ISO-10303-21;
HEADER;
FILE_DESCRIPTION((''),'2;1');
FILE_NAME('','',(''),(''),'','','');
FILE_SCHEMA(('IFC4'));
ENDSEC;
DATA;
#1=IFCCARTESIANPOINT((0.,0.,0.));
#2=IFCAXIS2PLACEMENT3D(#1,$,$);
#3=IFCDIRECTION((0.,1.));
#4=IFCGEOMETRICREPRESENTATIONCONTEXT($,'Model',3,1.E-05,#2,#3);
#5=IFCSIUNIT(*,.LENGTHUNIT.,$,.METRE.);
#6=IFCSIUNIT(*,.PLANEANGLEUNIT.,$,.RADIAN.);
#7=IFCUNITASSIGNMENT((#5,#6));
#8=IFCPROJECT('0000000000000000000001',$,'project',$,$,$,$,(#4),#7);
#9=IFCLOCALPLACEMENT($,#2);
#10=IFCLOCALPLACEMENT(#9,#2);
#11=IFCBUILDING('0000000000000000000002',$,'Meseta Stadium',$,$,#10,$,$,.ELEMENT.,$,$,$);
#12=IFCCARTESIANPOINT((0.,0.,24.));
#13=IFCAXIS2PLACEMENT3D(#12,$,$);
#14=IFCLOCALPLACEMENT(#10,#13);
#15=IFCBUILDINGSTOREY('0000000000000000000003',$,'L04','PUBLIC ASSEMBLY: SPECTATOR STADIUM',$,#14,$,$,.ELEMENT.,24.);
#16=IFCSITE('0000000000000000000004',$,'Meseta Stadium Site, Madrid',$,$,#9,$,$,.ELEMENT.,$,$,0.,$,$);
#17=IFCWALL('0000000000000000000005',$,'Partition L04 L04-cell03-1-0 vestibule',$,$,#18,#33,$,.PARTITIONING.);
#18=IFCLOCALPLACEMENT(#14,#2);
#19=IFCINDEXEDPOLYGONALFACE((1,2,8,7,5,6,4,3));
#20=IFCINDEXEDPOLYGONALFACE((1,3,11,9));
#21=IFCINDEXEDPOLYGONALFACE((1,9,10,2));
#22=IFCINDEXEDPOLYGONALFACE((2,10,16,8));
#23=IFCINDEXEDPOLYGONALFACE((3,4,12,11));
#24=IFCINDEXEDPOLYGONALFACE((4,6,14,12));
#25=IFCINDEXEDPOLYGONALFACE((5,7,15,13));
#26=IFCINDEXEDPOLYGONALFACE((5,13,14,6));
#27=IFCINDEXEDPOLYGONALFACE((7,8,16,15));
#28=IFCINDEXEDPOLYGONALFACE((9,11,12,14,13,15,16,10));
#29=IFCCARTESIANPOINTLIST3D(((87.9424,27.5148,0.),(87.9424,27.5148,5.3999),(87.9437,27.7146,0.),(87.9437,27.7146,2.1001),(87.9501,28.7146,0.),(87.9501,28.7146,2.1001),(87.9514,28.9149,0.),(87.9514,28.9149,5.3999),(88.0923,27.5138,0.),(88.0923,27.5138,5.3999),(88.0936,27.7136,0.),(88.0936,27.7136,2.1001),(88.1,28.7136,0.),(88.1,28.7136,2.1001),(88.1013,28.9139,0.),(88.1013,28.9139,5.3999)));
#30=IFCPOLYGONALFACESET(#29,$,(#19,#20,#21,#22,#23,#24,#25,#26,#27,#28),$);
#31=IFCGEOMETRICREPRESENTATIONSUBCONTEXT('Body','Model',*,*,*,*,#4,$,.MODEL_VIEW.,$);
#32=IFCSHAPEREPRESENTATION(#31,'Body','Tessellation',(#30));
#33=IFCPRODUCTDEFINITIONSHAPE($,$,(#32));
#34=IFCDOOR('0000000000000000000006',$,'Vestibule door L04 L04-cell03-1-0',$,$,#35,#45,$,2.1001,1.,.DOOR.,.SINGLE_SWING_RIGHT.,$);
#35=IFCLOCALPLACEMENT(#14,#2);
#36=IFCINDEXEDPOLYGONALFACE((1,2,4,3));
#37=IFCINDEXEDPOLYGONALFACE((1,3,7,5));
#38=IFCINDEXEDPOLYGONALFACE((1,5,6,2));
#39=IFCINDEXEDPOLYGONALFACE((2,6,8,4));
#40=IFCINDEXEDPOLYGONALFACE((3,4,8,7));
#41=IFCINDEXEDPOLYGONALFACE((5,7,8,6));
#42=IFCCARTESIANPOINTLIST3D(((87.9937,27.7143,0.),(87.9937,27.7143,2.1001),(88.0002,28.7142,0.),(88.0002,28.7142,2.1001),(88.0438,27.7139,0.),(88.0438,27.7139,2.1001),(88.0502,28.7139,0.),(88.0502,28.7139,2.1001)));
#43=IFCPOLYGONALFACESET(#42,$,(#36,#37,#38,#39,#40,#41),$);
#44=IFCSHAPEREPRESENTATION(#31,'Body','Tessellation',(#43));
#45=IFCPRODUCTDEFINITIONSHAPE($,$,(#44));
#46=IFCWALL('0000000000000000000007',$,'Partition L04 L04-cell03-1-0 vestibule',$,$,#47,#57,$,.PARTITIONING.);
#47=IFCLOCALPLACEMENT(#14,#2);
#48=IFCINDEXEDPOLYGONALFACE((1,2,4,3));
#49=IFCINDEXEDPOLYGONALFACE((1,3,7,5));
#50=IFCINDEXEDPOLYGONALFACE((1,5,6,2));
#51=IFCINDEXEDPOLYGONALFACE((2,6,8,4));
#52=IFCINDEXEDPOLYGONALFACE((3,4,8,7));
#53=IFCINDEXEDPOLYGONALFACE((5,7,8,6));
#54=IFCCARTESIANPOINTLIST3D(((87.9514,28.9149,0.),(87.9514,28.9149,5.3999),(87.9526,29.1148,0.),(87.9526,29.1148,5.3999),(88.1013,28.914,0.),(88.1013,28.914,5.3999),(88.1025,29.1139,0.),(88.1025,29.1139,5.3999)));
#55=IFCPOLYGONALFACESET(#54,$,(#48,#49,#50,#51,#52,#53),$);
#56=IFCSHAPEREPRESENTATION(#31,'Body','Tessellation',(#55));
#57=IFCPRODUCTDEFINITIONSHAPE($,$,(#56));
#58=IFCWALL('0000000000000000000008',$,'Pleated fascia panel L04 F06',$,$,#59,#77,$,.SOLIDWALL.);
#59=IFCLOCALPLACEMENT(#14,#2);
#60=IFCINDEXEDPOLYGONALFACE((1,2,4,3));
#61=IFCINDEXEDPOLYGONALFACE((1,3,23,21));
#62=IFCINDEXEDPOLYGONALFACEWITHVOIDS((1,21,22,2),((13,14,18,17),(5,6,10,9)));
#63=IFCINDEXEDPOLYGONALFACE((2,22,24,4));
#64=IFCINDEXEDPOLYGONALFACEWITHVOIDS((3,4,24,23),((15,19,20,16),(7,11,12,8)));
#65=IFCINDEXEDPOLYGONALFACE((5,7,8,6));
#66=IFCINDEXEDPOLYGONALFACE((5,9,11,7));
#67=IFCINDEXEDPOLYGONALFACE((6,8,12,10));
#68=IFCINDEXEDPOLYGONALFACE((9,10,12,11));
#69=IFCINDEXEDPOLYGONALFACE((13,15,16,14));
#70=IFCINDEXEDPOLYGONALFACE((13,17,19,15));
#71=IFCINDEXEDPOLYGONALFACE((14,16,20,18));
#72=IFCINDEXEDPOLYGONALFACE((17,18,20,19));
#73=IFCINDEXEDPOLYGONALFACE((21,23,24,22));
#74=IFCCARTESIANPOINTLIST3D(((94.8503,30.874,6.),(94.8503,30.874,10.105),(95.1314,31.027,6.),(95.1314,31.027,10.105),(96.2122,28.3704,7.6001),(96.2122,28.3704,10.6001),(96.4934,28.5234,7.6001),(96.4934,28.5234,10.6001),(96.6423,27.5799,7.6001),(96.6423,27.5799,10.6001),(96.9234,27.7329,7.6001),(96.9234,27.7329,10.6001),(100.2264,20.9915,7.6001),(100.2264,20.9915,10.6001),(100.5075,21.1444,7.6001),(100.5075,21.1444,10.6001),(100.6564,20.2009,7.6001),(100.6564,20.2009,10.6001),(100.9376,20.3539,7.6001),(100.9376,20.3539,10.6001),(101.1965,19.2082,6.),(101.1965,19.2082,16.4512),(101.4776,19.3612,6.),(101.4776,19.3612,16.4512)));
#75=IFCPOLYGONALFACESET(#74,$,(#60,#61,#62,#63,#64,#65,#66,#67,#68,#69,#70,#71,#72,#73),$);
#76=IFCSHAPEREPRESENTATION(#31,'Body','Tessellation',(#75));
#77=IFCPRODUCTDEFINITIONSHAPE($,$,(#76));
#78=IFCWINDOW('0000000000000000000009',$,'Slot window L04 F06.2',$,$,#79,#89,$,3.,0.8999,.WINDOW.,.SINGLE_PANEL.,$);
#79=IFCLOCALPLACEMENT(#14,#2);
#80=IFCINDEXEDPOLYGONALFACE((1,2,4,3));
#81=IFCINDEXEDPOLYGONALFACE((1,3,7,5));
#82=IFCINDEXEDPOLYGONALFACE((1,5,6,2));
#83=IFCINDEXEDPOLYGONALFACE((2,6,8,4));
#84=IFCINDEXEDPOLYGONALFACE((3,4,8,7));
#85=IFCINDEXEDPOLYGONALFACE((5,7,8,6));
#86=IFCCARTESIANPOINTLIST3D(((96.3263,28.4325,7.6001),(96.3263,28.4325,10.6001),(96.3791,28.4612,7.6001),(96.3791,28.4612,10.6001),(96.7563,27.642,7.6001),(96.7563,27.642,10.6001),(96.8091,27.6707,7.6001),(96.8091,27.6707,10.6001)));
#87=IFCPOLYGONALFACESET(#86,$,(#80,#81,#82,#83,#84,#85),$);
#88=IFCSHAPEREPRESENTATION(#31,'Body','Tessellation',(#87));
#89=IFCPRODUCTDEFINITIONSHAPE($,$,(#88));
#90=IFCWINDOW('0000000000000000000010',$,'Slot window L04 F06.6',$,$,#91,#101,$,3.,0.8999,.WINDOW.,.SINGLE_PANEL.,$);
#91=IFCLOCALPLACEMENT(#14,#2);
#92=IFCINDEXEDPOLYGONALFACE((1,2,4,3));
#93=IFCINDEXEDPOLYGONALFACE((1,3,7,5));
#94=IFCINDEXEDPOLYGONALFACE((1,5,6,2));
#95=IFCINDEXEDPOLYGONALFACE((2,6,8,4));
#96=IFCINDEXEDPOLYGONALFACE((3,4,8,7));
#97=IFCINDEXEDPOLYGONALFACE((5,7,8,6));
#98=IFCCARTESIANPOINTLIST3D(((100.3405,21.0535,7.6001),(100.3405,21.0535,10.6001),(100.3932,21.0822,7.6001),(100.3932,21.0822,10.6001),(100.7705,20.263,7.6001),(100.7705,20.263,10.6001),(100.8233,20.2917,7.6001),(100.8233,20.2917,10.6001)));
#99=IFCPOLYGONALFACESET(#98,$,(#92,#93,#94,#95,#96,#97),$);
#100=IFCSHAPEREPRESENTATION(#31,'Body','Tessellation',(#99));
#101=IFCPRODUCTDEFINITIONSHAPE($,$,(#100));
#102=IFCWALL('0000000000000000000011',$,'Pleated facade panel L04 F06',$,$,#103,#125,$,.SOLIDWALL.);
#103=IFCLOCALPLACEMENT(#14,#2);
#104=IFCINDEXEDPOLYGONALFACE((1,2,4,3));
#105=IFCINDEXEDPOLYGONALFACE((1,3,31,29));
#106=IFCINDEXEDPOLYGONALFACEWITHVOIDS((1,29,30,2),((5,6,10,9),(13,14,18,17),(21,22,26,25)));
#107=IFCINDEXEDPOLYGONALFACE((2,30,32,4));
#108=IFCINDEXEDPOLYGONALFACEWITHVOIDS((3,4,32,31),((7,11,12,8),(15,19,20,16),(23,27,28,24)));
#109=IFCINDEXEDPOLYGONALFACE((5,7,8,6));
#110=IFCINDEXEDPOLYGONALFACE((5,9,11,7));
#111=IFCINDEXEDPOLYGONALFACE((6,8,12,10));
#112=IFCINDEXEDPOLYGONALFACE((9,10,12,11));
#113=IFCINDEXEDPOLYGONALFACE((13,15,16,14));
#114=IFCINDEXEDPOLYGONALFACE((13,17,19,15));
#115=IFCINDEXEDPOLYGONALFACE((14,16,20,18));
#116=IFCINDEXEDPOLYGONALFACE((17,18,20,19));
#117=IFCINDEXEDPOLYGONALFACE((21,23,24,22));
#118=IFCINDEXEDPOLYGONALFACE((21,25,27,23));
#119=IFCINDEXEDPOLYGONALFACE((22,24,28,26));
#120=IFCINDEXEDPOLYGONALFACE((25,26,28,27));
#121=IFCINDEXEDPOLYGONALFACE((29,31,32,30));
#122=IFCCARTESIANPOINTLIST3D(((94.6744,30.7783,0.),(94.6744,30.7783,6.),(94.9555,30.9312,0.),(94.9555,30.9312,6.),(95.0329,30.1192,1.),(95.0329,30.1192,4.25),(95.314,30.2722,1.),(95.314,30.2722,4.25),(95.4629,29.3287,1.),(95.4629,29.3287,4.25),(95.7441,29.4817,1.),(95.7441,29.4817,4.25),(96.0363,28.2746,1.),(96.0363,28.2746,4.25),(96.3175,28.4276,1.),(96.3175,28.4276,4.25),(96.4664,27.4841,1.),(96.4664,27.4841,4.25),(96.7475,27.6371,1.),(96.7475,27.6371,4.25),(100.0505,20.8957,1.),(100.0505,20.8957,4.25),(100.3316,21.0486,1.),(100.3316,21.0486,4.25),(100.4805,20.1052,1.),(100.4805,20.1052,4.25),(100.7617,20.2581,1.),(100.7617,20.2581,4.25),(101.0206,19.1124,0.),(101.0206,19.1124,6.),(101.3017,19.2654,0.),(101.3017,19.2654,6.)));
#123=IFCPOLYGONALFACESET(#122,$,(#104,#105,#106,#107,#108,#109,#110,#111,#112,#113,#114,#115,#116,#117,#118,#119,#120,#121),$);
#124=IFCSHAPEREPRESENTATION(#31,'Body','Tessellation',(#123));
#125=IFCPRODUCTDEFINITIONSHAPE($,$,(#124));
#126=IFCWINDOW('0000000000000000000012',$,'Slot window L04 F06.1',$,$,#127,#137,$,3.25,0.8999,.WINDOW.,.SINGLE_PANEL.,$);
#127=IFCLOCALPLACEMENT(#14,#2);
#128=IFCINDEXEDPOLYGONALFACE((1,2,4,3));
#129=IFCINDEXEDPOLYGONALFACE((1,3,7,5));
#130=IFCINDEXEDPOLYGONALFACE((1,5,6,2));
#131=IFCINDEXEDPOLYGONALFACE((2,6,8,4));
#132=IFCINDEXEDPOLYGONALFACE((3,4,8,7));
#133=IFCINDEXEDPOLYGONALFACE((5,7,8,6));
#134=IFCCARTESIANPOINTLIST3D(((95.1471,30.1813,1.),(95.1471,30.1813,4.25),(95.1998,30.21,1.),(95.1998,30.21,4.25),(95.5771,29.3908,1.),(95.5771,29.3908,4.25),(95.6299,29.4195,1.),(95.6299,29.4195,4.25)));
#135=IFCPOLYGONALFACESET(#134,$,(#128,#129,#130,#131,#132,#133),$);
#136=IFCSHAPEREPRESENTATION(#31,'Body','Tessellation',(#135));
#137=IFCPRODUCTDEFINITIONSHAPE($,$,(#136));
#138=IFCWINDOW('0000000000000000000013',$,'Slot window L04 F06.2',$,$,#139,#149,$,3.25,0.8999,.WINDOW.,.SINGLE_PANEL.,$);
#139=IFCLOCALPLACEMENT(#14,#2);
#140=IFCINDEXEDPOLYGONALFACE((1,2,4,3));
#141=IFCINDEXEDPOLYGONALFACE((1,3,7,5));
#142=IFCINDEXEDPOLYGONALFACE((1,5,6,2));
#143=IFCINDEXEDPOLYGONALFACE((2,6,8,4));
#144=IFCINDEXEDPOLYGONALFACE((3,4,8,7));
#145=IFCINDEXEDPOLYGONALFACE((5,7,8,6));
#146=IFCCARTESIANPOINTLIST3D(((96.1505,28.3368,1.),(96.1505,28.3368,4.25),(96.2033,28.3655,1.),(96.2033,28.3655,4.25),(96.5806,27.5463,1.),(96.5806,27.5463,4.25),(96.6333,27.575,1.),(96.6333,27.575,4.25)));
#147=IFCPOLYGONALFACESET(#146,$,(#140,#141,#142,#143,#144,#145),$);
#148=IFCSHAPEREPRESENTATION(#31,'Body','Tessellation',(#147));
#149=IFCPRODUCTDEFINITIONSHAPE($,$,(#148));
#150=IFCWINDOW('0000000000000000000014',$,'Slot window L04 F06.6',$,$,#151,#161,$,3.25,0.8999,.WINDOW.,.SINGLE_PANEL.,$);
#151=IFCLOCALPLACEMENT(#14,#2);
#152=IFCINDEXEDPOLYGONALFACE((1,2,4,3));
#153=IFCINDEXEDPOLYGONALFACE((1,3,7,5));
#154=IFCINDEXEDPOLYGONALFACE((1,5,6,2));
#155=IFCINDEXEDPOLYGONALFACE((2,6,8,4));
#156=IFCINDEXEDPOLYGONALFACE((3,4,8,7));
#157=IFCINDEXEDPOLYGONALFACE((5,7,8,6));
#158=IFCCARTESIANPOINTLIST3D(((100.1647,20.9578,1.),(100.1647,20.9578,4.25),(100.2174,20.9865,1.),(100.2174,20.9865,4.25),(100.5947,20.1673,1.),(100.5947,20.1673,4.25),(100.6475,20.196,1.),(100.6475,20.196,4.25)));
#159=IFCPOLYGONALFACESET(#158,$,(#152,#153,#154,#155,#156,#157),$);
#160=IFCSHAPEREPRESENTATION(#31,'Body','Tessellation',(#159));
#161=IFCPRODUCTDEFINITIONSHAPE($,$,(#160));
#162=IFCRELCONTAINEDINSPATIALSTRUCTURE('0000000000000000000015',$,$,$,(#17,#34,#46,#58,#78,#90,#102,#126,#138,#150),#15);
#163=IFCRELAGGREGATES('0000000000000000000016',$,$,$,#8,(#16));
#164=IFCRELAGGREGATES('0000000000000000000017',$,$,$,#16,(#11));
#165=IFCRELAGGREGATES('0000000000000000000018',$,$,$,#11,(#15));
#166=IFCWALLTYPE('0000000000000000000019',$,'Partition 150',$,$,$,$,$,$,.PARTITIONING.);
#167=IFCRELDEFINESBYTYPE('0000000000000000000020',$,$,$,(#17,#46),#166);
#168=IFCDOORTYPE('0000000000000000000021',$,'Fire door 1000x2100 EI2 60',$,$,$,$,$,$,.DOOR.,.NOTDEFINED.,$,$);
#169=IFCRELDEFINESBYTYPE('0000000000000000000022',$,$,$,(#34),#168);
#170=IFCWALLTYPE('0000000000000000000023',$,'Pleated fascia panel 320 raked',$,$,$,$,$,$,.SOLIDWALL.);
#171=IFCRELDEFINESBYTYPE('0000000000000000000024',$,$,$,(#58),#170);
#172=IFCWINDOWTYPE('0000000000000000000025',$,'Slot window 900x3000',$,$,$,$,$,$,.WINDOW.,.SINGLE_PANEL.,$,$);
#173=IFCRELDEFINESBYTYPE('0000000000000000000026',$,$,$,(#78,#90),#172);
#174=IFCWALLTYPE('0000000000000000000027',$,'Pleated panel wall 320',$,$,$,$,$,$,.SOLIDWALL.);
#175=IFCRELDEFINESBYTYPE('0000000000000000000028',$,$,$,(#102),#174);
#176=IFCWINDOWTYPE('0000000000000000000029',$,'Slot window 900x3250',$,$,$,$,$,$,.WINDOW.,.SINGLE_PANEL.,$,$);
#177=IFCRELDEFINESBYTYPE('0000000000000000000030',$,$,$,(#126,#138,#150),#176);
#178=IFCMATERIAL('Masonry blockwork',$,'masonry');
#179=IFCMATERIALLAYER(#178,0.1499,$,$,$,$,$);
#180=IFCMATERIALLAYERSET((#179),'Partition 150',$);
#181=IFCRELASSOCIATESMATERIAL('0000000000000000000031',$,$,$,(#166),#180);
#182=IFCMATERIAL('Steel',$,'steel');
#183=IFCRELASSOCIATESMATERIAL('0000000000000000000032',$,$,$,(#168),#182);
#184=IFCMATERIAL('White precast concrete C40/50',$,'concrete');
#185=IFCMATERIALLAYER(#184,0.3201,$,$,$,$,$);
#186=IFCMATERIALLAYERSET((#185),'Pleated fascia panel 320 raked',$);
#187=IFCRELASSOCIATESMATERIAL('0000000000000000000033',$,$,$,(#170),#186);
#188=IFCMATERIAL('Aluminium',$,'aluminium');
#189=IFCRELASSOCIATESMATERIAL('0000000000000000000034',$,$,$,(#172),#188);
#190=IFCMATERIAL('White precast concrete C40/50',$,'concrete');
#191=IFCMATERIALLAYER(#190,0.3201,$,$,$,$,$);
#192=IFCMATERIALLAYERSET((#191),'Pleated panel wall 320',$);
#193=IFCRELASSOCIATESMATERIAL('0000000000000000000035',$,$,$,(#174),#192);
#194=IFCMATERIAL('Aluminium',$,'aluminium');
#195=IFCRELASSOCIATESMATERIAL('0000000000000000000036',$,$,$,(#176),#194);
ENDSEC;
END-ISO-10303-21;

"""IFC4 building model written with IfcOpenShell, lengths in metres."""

from ifc_helpers import new_model, si_unit, direction, frame, frame_2d, origin, place, context, subcontext, project, spatial, polyline, rectangle, outline, extrude, material, layer, layer_set, type_object, element, fill, save


model = new_model("IFC4")

# Units and contexts
model_context = context("Model", 3, precision=1e-05, world=origin(), true_north=direction((0.0, 1.0)))
body_context = subcontext(model_context, "Body", "Model", "MODEL_VIEW")
ifc_project = project(units=[si_unit("LENGTHUNIT", "METRE"), si_unit("PLANEANGLEUNIT", "RADIAN")], contexts=[model_context])

# Site, building, storey
site_placement = place(None, origin())
site = spatial("IfcSite", under=ifc_project, at=site_placement, Name="Meseta Stadium Site, Madrid", CompositionType="ELEMENT", RefElevation=0.0)
building_placement = place(site_placement, origin())
building = spatial("IfcBuilding", under=site, at=building_placement, Name="Meseta Stadium", CompositionType="ELEMENT")
storey_placement = place(building_placement, frame((0.0, 0.0, 24.0)))
storey = spatial("IfcBuildingStorey", under=building, at=storey_placement, Name="L04", Description="PUBLIC ASSEMBLY: SPECTATOR STADIUM", CompositionType="ELEMENT", Elevation=24.0)

# Shared definitions
ifc_material_1 = material(Name="Masonry blockwork", Category="masonry")
ifc_layer_1 = layer(ifc_material_1, 0.1499)
ifc_layer_set_1 = layer_set([ifc_layer_1], Name="Partition 150")
wall_type_1 = type_object("IfcWallType", Name="Partition 150", PredefinedType="PARTITIONING", material=ifc_layer_set_1)
ifc_material_2 = material(Name="Steel", Category="steel")
door_type = type_object("IfcDoorType", Name="Fire door 1000x2100 EI2 60", OperationType="NOTDEFINED", PredefinedType="DOOR", material=ifc_material_2)

# Wall, opening, door
wall_1_placement = place(storey_placement, frame((88.0173, 27.5142, 0.0), z_axis=(0.0, 0.0, 1.0), x_axis=(0.006451, 0.999979, 0.0)))
wall_1 = element("IfcWall", 1, at=wall_1_placement, inside=storey, type_object=wall_type_1, Name="Partition L04 L04-cell03-1-0 vestibule", PredefinedType="PARTITIONING", context=body_context, shape_type="SweptSolid", body=[
    extrude(rectangle(XDim=1.4001, YDim=0.1499, at=frame_2d((0.7002, 0.0))), origin(), (0.0, 0.0, 1.0), 5.3999),
])
opening_1_placement = place(wall_1_placement, frame((0.2, 0.0, 0.0)))
opening_1 = element("IfcOpeningElement", 2, at=opening_1_placement, cuts=wall_1, PredefinedType="OPENING", context=body_context, shape_type="SweptSolid", body=[
    extrude(rectangle(XDim=1.0, YDim=2.1001, at=frame_2d((0.5, 1.05))), frame((0.0, 0.085, 0.0), z_axis=(0.0, -1.0, 0.0), x_axis=(1.0, 0.0, 0.0)), (0.0, 0.0, 1.0), 0.1699),
])
door_1_placement = place(opening_1_placement, origin())
door_1 = element("IfcDoor", 3, at=door_1_placement, inside=storey, type_object=door_type, Name="Vestibule door L04 L04-cell03-1-0", OperationType="SINGLE_SWING_RIGHT", OverallHeight=2.1001, OverallWidth=1.0, PredefinedType="DOOR", context=body_context, shape_type="SweptSolid", body=[
    extrude(rectangle(XDim=1.0, YDim=2.1001, at=frame_2d((0.5, 1.05))), frame((0.0, 0.0249, 0.0), z_axis=(0.0, -1.0, 0.0), x_axis=(1.0, 0.0, 0.0)), (0.0, 0.0, 1.0), 0.05),
])
fill(opening_1, door_1)

# Wall
wall_2_placement = place(storey_placement, frame((88.0264, 28.9143, 0.0), z_axis=(0.0, 0.0, 1.0), x_axis=(0.006105, 0.999981, 0.0)))
element("IfcWall", 4, at=wall_2_placement, inside=storey, type_object=wall_type_1, Name="Partition L04 L04-cell03-1-0 vestibule", PredefinedType="PARTITIONING", context=body_context, shape_type="SweptSolid", body=[
    extrude(rectangle(XDim=0.2, YDim=0.1499, at=frame_2d((0.1001, 0.0))), origin(), (0.0, 0.0, 1.0), 5.3999),
])

# Walls, openings, windows
ifc_material_3 = material(Name="White precast concrete C40/50", Category="concrete")
ifc_layer_2 = layer(ifc_material_3, 0.3201)
ifc_layer_set_2 = layer_set([ifc_layer_2], Name="Pleated fascia panel 320 raked")
wall_type_2 = type_object("IfcWallType", Name="Pleated fascia panel 320 raked", PredefinedType="SOLIDWALL", material=ifc_layer_set_2)
wall_3_placement = place(storey_placement, frame((94.9907, 30.9504, 6.0), z_axis=(0.0, 0.0, 1.0), x_axis=(0.477868, -0.878432, 0.0)))
wall_3 = element("IfcWall", 5, at=wall_3_placement, inside=storey, type_object=wall_type_2, Name="Pleated fascia panel L04 F06", PredefinedType="SOLIDWALL", context=body_context, shape_type="SweptSolid", body=[
    extrude(outline(polyline([(0.0, 0.0), (13.2803, 0.0), (13.2803, 10.4512), (0.0, 4.105), (0.0, 0.0)])), frame((0.0, 0.1602, 0.0), z_axis=(0.0, -1.0, 0.0), x_axis=(1.0, 0.0, 0.0)), (0.0, 0.0, 1.0), 0.3201),
])
opening_2_placement = place(wall_3_placement, frame((2.8501, 0.0, 1.6001)))
opening_2 = element("IfcOpeningElement", 6, at=opening_2_placement, cuts=wall_3, PredefinedType="OPENING", context=body_context, shape_type="SweptSolid", body=[
    extrude(rectangle(XDim=0.8999, YDim=3.0, at=frame_2d((0.45, 1.5))), frame((0.0, 0.1699, 0.0), z_axis=(0.0, -1.0, 0.0), x_axis=(1.0, 0.0, 0.0)), (0.0, 0.0, 1.0), 0.3401),
])
opening_3_placement = place(wall_3_placement, frame((11.2502, 0.0, 1.6001)))
opening_3 = element("IfcOpeningElement", 7, at=opening_3_placement, cuts=wall_3, PredefinedType="OPENING", context=body_context, shape_type="SweptSolid", body=[
    extrude(rectangle(XDim=0.8999, YDim=3.0, at=frame_2d((0.45, 1.5))), frame((0.0, 0.1699, 0.0), z_axis=(0.0, -1.0, 0.0), x_axis=(1.0, 0.0, 0.0)), (0.0, 0.0, 1.0), 0.3401),
])
ifc_material_4 = material(Name="Aluminium", Category="aluminium")
window_type_1 = type_object("IfcWindowType", Name="Slot window 900x3000", PartitioningType="SINGLE_PANEL", PredefinedType="WINDOW", material=ifc_material_4)
window_1_placement = place(opening_2_placement, origin())
window_1 = element("IfcWindow", 8, at=window_1_placement, inside=storey, type_object=window_type_1, Name="Slot window L04 F06.2", OverallHeight=3.0, OverallWidth=0.8999, PartitioningType="SINGLE_PANEL", PredefinedType="WINDOW", context=body_context, shape_type="SweptSolid", body=[
    extrude(rectangle(XDim=0.8999, YDim=3.0, at=frame_2d((0.45, 1.5))), frame((0.0, 0.03, 0.0), z_axis=(0.0, -1.0, 0.0), x_axis=(1.0, 0.0, 0.0)), (0.0, 0.0, 1.0), 0.0601),
])
fill(opening_2, window_1)
window_2_placement = place(opening_3_placement, origin())
window_2 = element("IfcWindow", 9, at=window_2_placement, inside=storey, type_object=window_type_1, Name="Slot window L04 F06.6", OverallHeight=3.0, OverallWidth=0.8999, PartitioningType="SINGLE_PANEL", PredefinedType="WINDOW", context=body_context, shape_type="SweptSolid", body=[
    extrude(rectangle(XDim=0.8999, YDim=3.0, at=frame_2d((0.45, 1.5))), frame((0.0, 0.03, 0.0), z_axis=(0.0, -1.0, 0.0), x_axis=(1.0, 0.0, 0.0)), (0.0, 0.0, 1.0), 0.0601),
])
fill(opening_3, window_2)
ifc_material_5 = material(Name="White precast concrete C40/50", Category="concrete")
ifc_layer_3 = layer(ifc_material_5, 0.3201)
ifc_layer_set_3 = layer_set([ifc_layer_3], Name="Pleated panel wall 320")
wall_type_3 = type_object("IfcWallType", Name="Pleated panel wall 320", PredefinedType="SOLIDWALL", material=ifc_layer_set_3)
wall_4_placement = place(storey_placement, frame((94.8149, 30.8547, 0.0), z_axis=(0.0, 0.0, 1.0), x_axis=(0.477868, -0.878432, 0.0)))
wall_4 = element("IfcWall", 10, at=wall_4_placement, inside=storey, type_object=wall_type_3, Name="Pleated facade panel L04 F06", PredefinedType="SOLIDWALL", context=body_context, shape_type="SweptSolid", body=[
    extrude(rectangle(XDim=13.2803, YDim=0.3201, at=frame_2d((6.6401, 0.0))), origin(), (0.0, 0.0, 1.0), 6.0),
])
opening_4_placement = place(wall_4_placement, frame((0.7502, 0.0, 1.0)))
opening_4 = element("IfcOpeningElement", 11, at=opening_4_placement, cuts=wall_4, PredefinedType="OPENING", context=body_context, shape_type="SweptSolid", body=[
    extrude(rectangle(XDim=0.8999, YDim=3.25, at=frame_2d((0.45, 1.625))), frame((0.0, 0.1699, 0.0), z_axis=(0.0, -1.0, 0.0), x_axis=(1.0, 0.0, 0.0)), (0.0, 0.0, 1.0), 0.3401),
])
opening_5_placement = place(wall_4_placement, frame((2.8501, 0.0, 1.0)))
opening_5 = element("IfcOpeningElement", 12, at=opening_5_placement, cuts=wall_4, PredefinedType="OPENING", context=body_context, shape_type="SweptSolid", body=[
    extrude(rectangle(XDim=0.8999, YDim=3.25, at=frame_2d((0.45, 1.625))), frame((0.0, 0.1699, 0.0), z_axis=(0.0, -1.0, 0.0), x_axis=(1.0, 0.0, 0.0)), (0.0, 0.0, 1.0), 0.3401),
])
opening_6_placement = place(wall_4_placement, frame((11.2502, 0.0, 1.0)))
opening_6 = element("IfcOpeningElement", 13, at=opening_6_placement, cuts=wall_4, PredefinedType="OPENING", context=body_context, shape_type="SweptSolid", body=[
    extrude(rectangle(XDim=0.8999, YDim=3.25, at=frame_2d((0.45, 1.625))), frame((0.0, 0.1699, 0.0), z_axis=(0.0, -1.0, 0.0), x_axis=(1.0, 0.0, 0.0)), (0.0, 0.0, 1.0), 0.3401),
])
ifc_material_6 = material(Name="Aluminium", Category="aluminium")
window_type_2 = type_object("IfcWindowType", Name="Slot window 900x3250", PartitioningType="SINGLE_PANEL", PredefinedType="WINDOW", material=ifc_material_6)
window_3_placement = place(opening_4_placement, origin())
window_3 = element("IfcWindow", 14, at=window_3_placement, inside=storey, type_object=window_type_2, Name="Slot window L04 F06.1", OverallHeight=3.25, OverallWidth=0.8999, PartitioningType="SINGLE_PANEL", PredefinedType="WINDOW", context=body_context, shape_type="SweptSolid", body=[
    extrude(rectangle(XDim=0.8999, YDim=3.25, at=frame_2d((0.45, 1.625))), frame((0.0, 0.03, 0.0), z_axis=(0.0, -1.0, 0.0), x_axis=(1.0, 0.0, 0.0)), (0.0, 0.0, 1.0), 0.0601),
])
fill(opening_4, window_3)
window_4_placement = place(opening_5_placement, origin())
window_4 = element("IfcWindow", 15, at=window_4_placement, inside=storey, type_object=window_type_2, Name="Slot window L04 F06.2", OverallHeight=3.25, OverallWidth=0.8999, PartitioningType="SINGLE_PANEL", PredefinedType="WINDOW", context=body_context, shape_type="SweptSolid", body=[
    extrude(rectangle(XDim=0.8999, YDim=3.25, at=frame_2d((0.45, 1.625))), frame((0.0, 0.03, 0.0), z_axis=(0.0, -1.0, 0.0), x_axis=(1.0, 0.0, 0.0)), (0.0, 0.0, 1.0), 0.0601),
])
fill(opening_5, window_4)
window_5_placement = place(opening_6_placement, origin())
window_5 = element("IfcWindow", 16, at=window_5_placement, inside=storey, type_object=window_type_2, Name="Slot window L04 F06.6", OverallHeight=3.25, OverallWidth=0.8999, PartitioningType="SINGLE_PANEL", PredefinedType="WINDOW", context=body_context, shape_type="SweptSolid", body=[
    extrude(rectangle(XDim=0.8999, YDim=3.25, at=frame_2d((0.45, 1.625))), frame((0.0, 0.03, 0.0), z_axis=(0.0, -1.0, 0.0), x_axis=(1.0, 0.0, 0.0)), (0.0, 0.0, 1.0), 0.0601),
])
fill(opening_6, window_5)

save(model, "model.ifc")
